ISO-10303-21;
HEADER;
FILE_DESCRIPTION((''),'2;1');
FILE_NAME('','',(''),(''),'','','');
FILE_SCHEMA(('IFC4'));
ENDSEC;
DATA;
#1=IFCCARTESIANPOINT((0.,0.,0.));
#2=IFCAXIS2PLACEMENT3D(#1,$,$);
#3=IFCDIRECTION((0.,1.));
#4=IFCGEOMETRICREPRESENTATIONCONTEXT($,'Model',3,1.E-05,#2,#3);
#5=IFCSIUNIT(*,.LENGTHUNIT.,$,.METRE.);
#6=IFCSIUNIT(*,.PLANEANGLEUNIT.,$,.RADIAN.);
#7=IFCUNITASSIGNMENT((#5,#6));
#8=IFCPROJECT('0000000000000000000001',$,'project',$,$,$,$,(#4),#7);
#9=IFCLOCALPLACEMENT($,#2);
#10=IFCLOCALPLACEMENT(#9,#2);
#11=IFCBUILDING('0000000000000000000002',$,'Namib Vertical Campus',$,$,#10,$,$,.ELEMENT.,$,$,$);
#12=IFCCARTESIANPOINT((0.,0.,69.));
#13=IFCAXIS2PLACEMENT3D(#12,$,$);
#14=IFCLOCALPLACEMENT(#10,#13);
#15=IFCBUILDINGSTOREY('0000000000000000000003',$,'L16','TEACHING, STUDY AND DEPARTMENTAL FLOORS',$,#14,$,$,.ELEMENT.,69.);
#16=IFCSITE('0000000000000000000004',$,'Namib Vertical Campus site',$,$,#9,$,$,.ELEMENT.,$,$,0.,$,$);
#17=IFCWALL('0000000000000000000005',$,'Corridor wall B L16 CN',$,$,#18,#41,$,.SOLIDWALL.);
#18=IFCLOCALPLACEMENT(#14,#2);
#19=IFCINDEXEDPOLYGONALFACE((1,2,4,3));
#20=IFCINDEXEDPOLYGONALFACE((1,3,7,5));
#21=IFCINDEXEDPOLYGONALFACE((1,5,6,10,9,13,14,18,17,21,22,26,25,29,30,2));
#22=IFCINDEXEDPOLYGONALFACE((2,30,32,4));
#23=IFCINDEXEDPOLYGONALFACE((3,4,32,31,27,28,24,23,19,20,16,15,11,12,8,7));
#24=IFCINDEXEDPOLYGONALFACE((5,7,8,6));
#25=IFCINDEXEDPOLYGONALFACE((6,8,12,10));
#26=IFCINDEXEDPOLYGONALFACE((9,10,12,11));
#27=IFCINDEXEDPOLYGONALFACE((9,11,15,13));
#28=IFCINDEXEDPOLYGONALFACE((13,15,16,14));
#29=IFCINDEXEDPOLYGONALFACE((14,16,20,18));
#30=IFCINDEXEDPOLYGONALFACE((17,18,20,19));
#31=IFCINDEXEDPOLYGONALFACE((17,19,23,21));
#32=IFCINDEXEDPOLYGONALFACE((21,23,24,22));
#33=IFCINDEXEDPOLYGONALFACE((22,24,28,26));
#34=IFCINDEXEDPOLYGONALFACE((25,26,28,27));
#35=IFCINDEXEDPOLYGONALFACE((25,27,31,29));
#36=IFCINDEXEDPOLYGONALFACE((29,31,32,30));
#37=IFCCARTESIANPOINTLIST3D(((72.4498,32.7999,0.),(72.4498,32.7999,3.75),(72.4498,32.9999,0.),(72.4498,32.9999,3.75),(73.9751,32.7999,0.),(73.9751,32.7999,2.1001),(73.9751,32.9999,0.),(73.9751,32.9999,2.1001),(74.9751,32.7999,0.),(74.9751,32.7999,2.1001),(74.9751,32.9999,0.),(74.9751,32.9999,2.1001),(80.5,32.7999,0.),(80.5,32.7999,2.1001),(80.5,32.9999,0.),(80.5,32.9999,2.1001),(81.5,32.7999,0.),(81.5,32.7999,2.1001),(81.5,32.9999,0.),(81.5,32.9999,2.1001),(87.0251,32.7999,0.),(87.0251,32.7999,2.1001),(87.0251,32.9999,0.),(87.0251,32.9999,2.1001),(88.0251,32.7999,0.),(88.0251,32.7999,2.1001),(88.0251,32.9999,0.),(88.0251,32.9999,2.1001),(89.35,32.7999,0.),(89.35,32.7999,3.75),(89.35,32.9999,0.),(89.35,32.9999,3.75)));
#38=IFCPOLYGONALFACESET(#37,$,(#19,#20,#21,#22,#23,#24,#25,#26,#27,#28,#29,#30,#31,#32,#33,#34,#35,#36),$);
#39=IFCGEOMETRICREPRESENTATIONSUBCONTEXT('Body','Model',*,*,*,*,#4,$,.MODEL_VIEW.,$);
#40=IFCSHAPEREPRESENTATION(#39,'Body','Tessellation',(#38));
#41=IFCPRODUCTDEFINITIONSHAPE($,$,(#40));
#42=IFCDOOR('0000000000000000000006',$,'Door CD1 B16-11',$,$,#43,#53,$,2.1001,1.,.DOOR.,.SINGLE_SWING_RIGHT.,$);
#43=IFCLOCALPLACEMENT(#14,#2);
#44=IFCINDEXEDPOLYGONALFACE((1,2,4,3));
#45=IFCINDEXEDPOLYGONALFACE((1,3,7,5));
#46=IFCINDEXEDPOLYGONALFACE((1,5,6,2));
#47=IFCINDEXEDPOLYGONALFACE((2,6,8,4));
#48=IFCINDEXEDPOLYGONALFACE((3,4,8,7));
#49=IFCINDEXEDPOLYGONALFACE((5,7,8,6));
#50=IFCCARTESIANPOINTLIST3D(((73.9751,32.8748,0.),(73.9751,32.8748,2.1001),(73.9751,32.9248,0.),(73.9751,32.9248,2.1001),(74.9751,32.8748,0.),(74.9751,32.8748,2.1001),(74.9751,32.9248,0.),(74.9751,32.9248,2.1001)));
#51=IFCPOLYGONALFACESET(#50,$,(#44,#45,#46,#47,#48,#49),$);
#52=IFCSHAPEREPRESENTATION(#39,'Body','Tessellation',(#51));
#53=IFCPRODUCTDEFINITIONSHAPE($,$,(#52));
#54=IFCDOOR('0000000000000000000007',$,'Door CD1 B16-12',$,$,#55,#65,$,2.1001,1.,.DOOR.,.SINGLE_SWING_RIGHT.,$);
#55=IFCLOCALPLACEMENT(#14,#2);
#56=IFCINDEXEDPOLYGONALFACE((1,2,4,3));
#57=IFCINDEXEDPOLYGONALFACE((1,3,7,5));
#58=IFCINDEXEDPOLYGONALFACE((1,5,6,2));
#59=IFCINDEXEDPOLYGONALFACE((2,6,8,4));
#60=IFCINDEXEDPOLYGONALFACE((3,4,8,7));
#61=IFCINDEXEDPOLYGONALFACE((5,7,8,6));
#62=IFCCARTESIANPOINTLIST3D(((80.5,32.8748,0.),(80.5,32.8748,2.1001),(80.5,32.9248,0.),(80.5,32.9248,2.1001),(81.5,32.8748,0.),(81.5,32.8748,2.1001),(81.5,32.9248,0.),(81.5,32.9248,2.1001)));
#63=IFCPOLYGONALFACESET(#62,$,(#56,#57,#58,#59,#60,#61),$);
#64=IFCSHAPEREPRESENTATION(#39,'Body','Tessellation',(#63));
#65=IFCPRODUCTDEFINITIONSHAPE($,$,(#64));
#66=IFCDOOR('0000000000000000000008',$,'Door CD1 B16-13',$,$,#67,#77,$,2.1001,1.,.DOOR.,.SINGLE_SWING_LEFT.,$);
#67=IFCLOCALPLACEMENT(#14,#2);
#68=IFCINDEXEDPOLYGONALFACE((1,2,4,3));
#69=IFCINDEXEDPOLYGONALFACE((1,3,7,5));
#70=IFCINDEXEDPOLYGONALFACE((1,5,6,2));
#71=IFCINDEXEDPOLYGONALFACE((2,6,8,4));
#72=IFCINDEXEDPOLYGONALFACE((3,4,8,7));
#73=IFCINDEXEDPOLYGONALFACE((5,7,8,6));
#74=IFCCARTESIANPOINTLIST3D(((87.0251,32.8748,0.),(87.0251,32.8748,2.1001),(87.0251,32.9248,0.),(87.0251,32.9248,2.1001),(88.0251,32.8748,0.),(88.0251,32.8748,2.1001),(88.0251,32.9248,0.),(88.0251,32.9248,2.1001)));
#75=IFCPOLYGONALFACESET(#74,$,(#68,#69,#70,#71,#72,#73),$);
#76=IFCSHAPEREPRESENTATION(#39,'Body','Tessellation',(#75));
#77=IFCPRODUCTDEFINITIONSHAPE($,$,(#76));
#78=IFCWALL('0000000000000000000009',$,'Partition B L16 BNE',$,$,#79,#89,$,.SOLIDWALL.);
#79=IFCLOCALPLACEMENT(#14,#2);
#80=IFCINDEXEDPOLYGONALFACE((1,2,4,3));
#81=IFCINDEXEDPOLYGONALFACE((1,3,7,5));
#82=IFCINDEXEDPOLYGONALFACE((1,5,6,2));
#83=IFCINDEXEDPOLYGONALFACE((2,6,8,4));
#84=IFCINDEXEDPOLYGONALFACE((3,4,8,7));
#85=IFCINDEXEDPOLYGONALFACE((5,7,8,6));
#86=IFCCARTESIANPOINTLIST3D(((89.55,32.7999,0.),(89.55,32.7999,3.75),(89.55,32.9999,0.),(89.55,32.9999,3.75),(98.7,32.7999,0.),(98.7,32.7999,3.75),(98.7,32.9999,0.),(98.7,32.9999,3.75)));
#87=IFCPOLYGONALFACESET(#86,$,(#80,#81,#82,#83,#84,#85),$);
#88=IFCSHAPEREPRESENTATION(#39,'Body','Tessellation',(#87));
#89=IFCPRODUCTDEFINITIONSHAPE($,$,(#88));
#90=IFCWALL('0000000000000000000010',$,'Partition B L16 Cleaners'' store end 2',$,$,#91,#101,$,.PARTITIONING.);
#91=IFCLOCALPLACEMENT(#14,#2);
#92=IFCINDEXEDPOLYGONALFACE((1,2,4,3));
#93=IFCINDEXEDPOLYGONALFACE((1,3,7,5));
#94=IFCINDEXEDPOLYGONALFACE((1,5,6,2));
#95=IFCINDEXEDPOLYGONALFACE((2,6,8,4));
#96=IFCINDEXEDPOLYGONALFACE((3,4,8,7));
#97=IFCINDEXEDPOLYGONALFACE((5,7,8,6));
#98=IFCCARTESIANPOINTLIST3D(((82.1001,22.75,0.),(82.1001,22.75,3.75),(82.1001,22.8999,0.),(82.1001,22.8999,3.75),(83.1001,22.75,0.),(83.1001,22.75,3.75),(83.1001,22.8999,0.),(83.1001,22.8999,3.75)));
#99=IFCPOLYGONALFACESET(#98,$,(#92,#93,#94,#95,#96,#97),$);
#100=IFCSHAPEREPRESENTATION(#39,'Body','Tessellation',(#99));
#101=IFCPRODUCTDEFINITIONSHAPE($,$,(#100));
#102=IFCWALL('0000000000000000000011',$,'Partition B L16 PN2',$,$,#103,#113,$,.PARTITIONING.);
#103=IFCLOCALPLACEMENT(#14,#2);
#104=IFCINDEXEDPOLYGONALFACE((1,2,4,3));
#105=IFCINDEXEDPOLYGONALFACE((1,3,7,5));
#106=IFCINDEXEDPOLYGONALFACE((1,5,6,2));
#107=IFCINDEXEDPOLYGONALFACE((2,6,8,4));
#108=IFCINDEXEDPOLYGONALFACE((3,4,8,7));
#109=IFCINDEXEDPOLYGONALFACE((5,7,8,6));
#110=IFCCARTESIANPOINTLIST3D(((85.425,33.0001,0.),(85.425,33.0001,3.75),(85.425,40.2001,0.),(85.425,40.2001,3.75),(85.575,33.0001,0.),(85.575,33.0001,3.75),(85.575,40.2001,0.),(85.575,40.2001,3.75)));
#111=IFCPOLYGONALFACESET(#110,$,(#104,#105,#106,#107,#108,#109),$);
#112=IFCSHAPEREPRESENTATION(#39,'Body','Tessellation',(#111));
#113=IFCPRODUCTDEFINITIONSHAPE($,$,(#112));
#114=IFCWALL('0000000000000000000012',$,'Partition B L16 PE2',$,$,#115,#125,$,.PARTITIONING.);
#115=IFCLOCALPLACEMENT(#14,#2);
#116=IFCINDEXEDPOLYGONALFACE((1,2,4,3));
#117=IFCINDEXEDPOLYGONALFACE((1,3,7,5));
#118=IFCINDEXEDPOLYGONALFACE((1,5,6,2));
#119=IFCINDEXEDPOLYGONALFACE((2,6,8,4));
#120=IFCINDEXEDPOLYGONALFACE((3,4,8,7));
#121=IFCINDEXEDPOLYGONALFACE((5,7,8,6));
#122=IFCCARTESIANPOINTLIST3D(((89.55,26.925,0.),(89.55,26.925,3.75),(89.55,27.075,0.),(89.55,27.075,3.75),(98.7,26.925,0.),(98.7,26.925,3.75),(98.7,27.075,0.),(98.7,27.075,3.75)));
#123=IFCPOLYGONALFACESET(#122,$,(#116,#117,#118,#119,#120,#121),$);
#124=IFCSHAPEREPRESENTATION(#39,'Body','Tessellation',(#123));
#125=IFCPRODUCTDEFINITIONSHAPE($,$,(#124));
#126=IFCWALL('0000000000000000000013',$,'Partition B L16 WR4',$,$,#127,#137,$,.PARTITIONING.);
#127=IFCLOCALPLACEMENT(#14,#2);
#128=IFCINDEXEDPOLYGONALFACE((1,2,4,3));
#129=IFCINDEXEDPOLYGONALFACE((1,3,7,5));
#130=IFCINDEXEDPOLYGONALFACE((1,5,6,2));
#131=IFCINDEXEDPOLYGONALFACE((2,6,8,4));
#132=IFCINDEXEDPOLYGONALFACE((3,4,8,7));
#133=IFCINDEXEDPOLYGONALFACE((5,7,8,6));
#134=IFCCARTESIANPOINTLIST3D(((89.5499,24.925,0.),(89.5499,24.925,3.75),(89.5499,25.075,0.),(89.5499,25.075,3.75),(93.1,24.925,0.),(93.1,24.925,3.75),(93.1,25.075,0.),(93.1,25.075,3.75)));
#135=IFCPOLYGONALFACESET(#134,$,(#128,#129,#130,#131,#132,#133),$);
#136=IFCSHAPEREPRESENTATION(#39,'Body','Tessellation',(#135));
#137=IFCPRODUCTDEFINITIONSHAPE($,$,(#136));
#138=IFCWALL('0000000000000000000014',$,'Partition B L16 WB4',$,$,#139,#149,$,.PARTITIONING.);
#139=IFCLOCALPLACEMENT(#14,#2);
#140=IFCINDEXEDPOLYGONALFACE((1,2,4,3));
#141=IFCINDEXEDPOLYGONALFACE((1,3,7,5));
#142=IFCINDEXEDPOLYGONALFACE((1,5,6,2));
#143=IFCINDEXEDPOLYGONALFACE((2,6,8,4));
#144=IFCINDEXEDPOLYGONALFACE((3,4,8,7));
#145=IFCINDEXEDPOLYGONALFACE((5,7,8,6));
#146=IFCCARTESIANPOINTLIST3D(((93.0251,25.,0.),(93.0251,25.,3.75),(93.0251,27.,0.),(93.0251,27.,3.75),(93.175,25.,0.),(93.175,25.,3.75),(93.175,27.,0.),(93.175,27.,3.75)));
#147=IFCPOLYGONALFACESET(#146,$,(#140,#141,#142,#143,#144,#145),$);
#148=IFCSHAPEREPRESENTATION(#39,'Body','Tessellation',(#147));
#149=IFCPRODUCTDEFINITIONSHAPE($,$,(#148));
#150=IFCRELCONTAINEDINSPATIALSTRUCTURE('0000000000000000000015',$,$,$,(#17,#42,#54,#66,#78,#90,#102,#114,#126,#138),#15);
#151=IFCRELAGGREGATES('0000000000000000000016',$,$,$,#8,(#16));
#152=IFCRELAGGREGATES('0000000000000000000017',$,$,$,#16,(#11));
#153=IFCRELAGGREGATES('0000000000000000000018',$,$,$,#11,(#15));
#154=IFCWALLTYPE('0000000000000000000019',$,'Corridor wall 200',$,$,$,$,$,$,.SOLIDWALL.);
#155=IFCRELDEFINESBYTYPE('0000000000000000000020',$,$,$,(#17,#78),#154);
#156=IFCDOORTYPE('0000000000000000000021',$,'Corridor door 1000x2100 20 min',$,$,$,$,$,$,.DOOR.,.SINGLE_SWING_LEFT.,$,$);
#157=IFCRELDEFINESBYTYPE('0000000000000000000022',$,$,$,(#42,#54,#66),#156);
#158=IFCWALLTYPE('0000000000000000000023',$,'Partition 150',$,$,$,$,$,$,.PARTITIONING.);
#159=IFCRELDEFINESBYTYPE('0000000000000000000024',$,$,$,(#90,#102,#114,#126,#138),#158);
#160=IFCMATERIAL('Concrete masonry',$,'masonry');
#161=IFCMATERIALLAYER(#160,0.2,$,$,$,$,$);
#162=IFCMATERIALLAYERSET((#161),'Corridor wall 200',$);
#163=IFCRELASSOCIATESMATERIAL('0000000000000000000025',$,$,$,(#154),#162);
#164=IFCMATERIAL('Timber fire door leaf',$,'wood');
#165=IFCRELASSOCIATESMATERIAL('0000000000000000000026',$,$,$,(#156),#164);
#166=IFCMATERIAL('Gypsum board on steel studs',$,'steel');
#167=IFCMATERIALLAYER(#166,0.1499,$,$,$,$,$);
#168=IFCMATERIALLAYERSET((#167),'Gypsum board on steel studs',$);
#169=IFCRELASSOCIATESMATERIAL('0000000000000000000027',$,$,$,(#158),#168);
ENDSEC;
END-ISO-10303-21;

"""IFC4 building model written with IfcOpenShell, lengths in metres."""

from ifc_helpers import new_model, si_unit, direction, frame, frame_2d, origin, place, context, subcontext, project, spatial, rectangle, extrude, material, layer, layer_set, type_object, element, fill, save


model = new_model("IFC4")

# Units and contexts
model_context = context("Model", 3, precision=1e-05, world=origin(), true_north=direction((0.0, 1.0)))
body_context = subcontext(model_context, "Body", "Model", "MODEL_VIEW")
ifc_project = project(units=[si_unit("LENGTHUNIT", "METRE"), si_unit("PLANEANGLEUNIT", "RADIAN")], contexts=[model_context])

# Site, building, storey
site_placement = place(None, origin())
site = spatial("IfcSite", under=ifc_project, at=site_placement, Name="Namib Vertical Campus site", CompositionType="ELEMENT", RefElevation=0.0)
building_placement = place(site_placement, origin())
building = spatial("IfcBuilding", under=site, at=building_placement, Name="Namib Vertical Campus", CompositionType="ELEMENT")
storey_placement = place(building_placement, frame((0.0, 0.0, 69.0)))
storey = spatial("IfcBuildingStorey", under=building, at=storey_placement, Name="L16", Description="TEACHING, STUDY AND DEPARTMENTAL FLOORS", CompositionType="ELEMENT", Elevation=69.0)

# Wall, openings, doors
ifc_material_1 = material(Name="Concrete masonry", Category="masonry")
ifc_layer_1 = layer(ifc_material_1, 0.2)
ifc_layer_set_1 = layer_set([ifc_layer_1], Name="Corridor wall 200")
wall_type_1 = type_object("IfcWallType", Name="Corridor wall 200", PredefinedType="SOLIDWALL", material=ifc_layer_set_1)
wall_1_placement = place(storey_placement, frame((89.3501, 32.8999, 0.0), z_axis=(0.0, 0.0, 1.0), x_axis=(-1.0, 0.0, 0.0)))
wall_1 = element("IfcWall", 1, at=wall_1_placement, inside=storey, type_object=wall_type_1, Name="Corridor wall B L16 CN", PredefinedType="SOLIDWALL", context=body_context, shape_type="SweptSolid", body=[
    extrude(rectangle(XDim=16.9001, YDim=0.2, at=frame_2d((8.4502, 0.0))), origin(), (0.0, 0.0, 1.0), 3.75),
])
opening_1_placement = place(wall_1_placement, frame((14.375, 0.0, 0.0)))
opening_1 = element("IfcOpeningElement", 2, at=opening_1_placement, cuts=wall_1, PredefinedType="OPENING", context=body_context, shape_type="SweptSolid", body=[
    extrude(rectangle(XDim=1.0, YDim=2.1001, at=frame_2d((0.5, 1.05))), frame((0.0, 0.1099, 0.0), z_axis=(0.0, -1.0, 0.0), x_axis=(1.0, 0.0, 0.0)), (0.0, 0.0, 1.0), 0.22),
])
opening_2_placement = place(wall_1_placement, frame((7.8501, 0.0, 0.0)))
opening_2 = element("IfcOpeningElement", 3, at=opening_2_placement, cuts=wall_1, PredefinedType="OPENING", context=body_context, shape_type="SweptSolid", body=[
    extrude(rectangle(XDim=1.0, YDim=2.1001, at=frame_2d((0.5, 1.05))), frame((0.0, 0.1099, 0.0), z_axis=(0.0, -1.0, 0.0), x_axis=(1.0, 0.0, 0.0)), (0.0, 0.0, 1.0), 0.22),
])
opening_3_placement = place(wall_1_placement, frame((1.325, 0.0, 0.0)))
opening_3 = element("IfcOpeningElement", 4, at=opening_3_placement, cuts=wall_1, PredefinedType="OPENING", context=body_context, shape_type="SweptSolid", body=[
    extrude(rectangle(XDim=1.0, YDim=2.1001, at=frame_2d((0.5, 1.05))), frame((0.0, 0.1099, 0.0), z_axis=(0.0, -1.0, 0.0), x_axis=(1.0, 0.0, 0.0)), (0.0, 0.0, 1.0), 0.22),
])
ifc_material_2 = material(Name="Timber fire door leaf", Category="wood")
door_type_1 = type_object("IfcDoorType", Name="Corridor door 1000x2100 20 min", OperationType="SINGLE_SWING_LEFT", PredefinedType="DOOR", material=ifc_material_2)
door_1_placement = place(opening_1_placement, frame((1.0, 0.0, 0.0), z_axis=(0.0, 0.0, 1.0), x_axis=(-1.0, 0.0, 0.0)))
door_1 = element("IfcDoor", 5, at=door_1_placement, inside=storey, type_object=door_type_1, Name="Door CD1 B16-11", OperationType="SINGLE_SWING_RIGHT", OverallHeight=2.1001, OverallWidth=1.0, PredefinedType="DOOR", context=body_context, shape_type="SweptSolid", body=[
    extrude(rectangle(XDim=1.0, YDim=2.1001, at=frame_2d((0.5, 1.05))), frame((0.0, 0.0249, 0.0), z_axis=(0.0, -1.0, 0.0), x_axis=(1.0, 0.0, 0.0)), (0.0, 0.0, 1.0), 0.05),
])
fill(opening_1, door_1)
door_2_placement = place(opening_2_placement, frame((1.0, 0.0, 0.0), z_axis=(0.0, 0.0, 1.0), x_axis=(-1.0, 0.0, 0.0)))
door_2 = element("IfcDoor", 6, at=door_2_placement, inside=storey, type_object=door_type_1, Name="Door CD1 B16-12", OperationType="SINGLE_SWING_RIGHT", OverallHeight=2.1001, OverallWidth=1.0, PredefinedType="DOOR", context=body_context, shape_type="SweptSolid", body=[
    extrude(rectangle(XDim=1.0, YDim=2.1001, at=frame_2d((0.5, 1.05))), frame((0.0, 0.0249, 0.0), z_axis=(0.0, -1.0, 0.0), x_axis=(1.0, 0.0, 0.0)), (0.0, 0.0, 1.0), 0.05),
])
fill(opening_2, door_2)
door_3_placement = place(opening_3_placement, frame((1.0, 0.0, 0.0), z_axis=(0.0, 0.0, 1.0), x_axis=(-1.0, 0.0, 0.0)))
door_3 = element("IfcDoor", 7, at=door_3_placement, inside=storey, type_object=door_type_1, Name="Door CD1 B16-13", OperationType="SINGLE_SWING_LEFT", OverallHeight=2.1001, OverallWidth=1.0, PredefinedType="DOOR", context=body_context, shape_type="SweptSolid", body=[
    extrude(rectangle(XDim=1.0, YDim=2.1001, at=frame_2d((0.5, 1.05))), frame((0.0, 0.0249, 0.0), z_axis=(0.0, -1.0, 0.0), x_axis=(1.0, 0.0, 0.0)), (0.0, 0.0, 1.0), 0.05),
])
fill(opening_3, door_3)

# Walls
wall_2_placement = place(storey_placement, frame((89.55, 32.8999, 0.0), z_axis=(0.0, 0.0, 1.0), x_axis=(1.0, 0.0, 0.0)))
element("IfcWall", 8, at=wall_2_placement, inside=storey, type_object=wall_type_1, Name="Partition B L16 BNE", PredefinedType="SOLIDWALL", context=body_context, shape_type="SweptSolid", body=[
    extrude(rectangle(XDim=9.1499, YDim=0.2, at=frame_2d((4.575, 0.0))), origin(), (0.0, 0.0, 1.0), 3.75),
])
ifc_material_3 = material(Name="Gypsum board on steel studs", Category="steel")
ifc_layer_2 = layer(ifc_material_3, 0.1499)
ifc_layer_set_2 = layer_set([ifc_layer_2], Name="Gypsum board on steel studs")
wall_type_2 = type_object("IfcWallType", Name="Partition 150", PredefinedType="PARTITIONING", material=ifc_layer_set_2)
wall_3_placement = place(storey_placement, frame((82.1001, 22.825, 0.0), z_axis=(0.0, 0.0, 1.0), x_axis=(1.0, 0.0, 0.0)))
element("IfcWall", 9, at=wall_3_placement, inside=storey, type_object=wall_type_2, Name="Partition B L16 Cleaners' store end 2", PredefinedType="PARTITIONING", context=body_context, shape_type="SweptSolid", body=[
    extrude(rectangle(XDim=1.0, YDim=0.1499, at=frame_2d((0.5, 0.0))), origin(), (0.0, 0.0, 1.0), 3.75),
])
wall_4_placement = place(storey_placement, frame((85.5, 33.0, 0.0), z_axis=(0.0, 0.0, 1.0), x_axis=(0.0, 1.0, 0.0)))
element("IfcWall", 10, at=wall_4_placement, inside=storey, type_object=wall_type_2, Name="Partition B L16 PN2", PredefinedType="PARTITIONING", context=body_context, shape_type="SweptSolid", body=[
    extrude(rectangle(XDim=7.2, YDim=0.1499, at=frame_2d((3.6001, 0.0))), origin(), (0.0, 0.0, 1.0), 3.75),
])
wall_5_placement = place(storey_placement, frame((89.55, 27.0, 0.0), z_axis=(0.0, 0.0, 1.0), x_axis=(1.0, 0.0, 0.0)))
element("IfcWall", 11, at=wall_5_placement, inside=storey, type_object=wall_type_2, Name="Partition B L16 PE2", PredefinedType="PARTITIONING", context=body_context, shape_type="SweptSolid", body=[
    extrude(rectangle(XDim=9.1499, YDim=0.1499, at=frame_2d((4.575, 0.0))), origin(), (0.0, 0.0, 1.0), 3.75),
])
wall_6_placement = place(storey_placement, frame((89.55, 25.0, 0.0), z_axis=(0.0, 0.0, 1.0), x_axis=(1.0, 0.0, 0.0)))
element("IfcWall", 12, at=wall_6_placement, inside=storey, type_object=wall_type_2, Name="Partition B L16 WR4", PredefinedType="PARTITIONING", context=body_context, shape_type="SweptSolid", body=[
    extrude(rectangle(XDim=3.55, YDim=0.1499, at=frame_2d((1.7749, 0.0))), origin(), (0.0, 0.0, 1.0), 3.75),
])
wall_7_placement = place(storey_placement, frame((93.1001, 25.0, 0.0), z_axis=(0.0, 0.0, 1.0), x_axis=(0.0, 1.0, 0.0)))
element("IfcWall", 13, at=wall_7_placement, inside=storey, type_object=wall_type_2, Name="Partition B L16 WB4", PredefinedType="PARTITIONING", context=body_context, shape_type="SweptSolid", body=[
    extrude(rectangle(XDim=2.0, YDim=0.1499, at=frame_2d((1.0, 0.0))), origin(), (0.0, 0.0, 1.0), 3.75),
])

save(model, "model.ifc")
